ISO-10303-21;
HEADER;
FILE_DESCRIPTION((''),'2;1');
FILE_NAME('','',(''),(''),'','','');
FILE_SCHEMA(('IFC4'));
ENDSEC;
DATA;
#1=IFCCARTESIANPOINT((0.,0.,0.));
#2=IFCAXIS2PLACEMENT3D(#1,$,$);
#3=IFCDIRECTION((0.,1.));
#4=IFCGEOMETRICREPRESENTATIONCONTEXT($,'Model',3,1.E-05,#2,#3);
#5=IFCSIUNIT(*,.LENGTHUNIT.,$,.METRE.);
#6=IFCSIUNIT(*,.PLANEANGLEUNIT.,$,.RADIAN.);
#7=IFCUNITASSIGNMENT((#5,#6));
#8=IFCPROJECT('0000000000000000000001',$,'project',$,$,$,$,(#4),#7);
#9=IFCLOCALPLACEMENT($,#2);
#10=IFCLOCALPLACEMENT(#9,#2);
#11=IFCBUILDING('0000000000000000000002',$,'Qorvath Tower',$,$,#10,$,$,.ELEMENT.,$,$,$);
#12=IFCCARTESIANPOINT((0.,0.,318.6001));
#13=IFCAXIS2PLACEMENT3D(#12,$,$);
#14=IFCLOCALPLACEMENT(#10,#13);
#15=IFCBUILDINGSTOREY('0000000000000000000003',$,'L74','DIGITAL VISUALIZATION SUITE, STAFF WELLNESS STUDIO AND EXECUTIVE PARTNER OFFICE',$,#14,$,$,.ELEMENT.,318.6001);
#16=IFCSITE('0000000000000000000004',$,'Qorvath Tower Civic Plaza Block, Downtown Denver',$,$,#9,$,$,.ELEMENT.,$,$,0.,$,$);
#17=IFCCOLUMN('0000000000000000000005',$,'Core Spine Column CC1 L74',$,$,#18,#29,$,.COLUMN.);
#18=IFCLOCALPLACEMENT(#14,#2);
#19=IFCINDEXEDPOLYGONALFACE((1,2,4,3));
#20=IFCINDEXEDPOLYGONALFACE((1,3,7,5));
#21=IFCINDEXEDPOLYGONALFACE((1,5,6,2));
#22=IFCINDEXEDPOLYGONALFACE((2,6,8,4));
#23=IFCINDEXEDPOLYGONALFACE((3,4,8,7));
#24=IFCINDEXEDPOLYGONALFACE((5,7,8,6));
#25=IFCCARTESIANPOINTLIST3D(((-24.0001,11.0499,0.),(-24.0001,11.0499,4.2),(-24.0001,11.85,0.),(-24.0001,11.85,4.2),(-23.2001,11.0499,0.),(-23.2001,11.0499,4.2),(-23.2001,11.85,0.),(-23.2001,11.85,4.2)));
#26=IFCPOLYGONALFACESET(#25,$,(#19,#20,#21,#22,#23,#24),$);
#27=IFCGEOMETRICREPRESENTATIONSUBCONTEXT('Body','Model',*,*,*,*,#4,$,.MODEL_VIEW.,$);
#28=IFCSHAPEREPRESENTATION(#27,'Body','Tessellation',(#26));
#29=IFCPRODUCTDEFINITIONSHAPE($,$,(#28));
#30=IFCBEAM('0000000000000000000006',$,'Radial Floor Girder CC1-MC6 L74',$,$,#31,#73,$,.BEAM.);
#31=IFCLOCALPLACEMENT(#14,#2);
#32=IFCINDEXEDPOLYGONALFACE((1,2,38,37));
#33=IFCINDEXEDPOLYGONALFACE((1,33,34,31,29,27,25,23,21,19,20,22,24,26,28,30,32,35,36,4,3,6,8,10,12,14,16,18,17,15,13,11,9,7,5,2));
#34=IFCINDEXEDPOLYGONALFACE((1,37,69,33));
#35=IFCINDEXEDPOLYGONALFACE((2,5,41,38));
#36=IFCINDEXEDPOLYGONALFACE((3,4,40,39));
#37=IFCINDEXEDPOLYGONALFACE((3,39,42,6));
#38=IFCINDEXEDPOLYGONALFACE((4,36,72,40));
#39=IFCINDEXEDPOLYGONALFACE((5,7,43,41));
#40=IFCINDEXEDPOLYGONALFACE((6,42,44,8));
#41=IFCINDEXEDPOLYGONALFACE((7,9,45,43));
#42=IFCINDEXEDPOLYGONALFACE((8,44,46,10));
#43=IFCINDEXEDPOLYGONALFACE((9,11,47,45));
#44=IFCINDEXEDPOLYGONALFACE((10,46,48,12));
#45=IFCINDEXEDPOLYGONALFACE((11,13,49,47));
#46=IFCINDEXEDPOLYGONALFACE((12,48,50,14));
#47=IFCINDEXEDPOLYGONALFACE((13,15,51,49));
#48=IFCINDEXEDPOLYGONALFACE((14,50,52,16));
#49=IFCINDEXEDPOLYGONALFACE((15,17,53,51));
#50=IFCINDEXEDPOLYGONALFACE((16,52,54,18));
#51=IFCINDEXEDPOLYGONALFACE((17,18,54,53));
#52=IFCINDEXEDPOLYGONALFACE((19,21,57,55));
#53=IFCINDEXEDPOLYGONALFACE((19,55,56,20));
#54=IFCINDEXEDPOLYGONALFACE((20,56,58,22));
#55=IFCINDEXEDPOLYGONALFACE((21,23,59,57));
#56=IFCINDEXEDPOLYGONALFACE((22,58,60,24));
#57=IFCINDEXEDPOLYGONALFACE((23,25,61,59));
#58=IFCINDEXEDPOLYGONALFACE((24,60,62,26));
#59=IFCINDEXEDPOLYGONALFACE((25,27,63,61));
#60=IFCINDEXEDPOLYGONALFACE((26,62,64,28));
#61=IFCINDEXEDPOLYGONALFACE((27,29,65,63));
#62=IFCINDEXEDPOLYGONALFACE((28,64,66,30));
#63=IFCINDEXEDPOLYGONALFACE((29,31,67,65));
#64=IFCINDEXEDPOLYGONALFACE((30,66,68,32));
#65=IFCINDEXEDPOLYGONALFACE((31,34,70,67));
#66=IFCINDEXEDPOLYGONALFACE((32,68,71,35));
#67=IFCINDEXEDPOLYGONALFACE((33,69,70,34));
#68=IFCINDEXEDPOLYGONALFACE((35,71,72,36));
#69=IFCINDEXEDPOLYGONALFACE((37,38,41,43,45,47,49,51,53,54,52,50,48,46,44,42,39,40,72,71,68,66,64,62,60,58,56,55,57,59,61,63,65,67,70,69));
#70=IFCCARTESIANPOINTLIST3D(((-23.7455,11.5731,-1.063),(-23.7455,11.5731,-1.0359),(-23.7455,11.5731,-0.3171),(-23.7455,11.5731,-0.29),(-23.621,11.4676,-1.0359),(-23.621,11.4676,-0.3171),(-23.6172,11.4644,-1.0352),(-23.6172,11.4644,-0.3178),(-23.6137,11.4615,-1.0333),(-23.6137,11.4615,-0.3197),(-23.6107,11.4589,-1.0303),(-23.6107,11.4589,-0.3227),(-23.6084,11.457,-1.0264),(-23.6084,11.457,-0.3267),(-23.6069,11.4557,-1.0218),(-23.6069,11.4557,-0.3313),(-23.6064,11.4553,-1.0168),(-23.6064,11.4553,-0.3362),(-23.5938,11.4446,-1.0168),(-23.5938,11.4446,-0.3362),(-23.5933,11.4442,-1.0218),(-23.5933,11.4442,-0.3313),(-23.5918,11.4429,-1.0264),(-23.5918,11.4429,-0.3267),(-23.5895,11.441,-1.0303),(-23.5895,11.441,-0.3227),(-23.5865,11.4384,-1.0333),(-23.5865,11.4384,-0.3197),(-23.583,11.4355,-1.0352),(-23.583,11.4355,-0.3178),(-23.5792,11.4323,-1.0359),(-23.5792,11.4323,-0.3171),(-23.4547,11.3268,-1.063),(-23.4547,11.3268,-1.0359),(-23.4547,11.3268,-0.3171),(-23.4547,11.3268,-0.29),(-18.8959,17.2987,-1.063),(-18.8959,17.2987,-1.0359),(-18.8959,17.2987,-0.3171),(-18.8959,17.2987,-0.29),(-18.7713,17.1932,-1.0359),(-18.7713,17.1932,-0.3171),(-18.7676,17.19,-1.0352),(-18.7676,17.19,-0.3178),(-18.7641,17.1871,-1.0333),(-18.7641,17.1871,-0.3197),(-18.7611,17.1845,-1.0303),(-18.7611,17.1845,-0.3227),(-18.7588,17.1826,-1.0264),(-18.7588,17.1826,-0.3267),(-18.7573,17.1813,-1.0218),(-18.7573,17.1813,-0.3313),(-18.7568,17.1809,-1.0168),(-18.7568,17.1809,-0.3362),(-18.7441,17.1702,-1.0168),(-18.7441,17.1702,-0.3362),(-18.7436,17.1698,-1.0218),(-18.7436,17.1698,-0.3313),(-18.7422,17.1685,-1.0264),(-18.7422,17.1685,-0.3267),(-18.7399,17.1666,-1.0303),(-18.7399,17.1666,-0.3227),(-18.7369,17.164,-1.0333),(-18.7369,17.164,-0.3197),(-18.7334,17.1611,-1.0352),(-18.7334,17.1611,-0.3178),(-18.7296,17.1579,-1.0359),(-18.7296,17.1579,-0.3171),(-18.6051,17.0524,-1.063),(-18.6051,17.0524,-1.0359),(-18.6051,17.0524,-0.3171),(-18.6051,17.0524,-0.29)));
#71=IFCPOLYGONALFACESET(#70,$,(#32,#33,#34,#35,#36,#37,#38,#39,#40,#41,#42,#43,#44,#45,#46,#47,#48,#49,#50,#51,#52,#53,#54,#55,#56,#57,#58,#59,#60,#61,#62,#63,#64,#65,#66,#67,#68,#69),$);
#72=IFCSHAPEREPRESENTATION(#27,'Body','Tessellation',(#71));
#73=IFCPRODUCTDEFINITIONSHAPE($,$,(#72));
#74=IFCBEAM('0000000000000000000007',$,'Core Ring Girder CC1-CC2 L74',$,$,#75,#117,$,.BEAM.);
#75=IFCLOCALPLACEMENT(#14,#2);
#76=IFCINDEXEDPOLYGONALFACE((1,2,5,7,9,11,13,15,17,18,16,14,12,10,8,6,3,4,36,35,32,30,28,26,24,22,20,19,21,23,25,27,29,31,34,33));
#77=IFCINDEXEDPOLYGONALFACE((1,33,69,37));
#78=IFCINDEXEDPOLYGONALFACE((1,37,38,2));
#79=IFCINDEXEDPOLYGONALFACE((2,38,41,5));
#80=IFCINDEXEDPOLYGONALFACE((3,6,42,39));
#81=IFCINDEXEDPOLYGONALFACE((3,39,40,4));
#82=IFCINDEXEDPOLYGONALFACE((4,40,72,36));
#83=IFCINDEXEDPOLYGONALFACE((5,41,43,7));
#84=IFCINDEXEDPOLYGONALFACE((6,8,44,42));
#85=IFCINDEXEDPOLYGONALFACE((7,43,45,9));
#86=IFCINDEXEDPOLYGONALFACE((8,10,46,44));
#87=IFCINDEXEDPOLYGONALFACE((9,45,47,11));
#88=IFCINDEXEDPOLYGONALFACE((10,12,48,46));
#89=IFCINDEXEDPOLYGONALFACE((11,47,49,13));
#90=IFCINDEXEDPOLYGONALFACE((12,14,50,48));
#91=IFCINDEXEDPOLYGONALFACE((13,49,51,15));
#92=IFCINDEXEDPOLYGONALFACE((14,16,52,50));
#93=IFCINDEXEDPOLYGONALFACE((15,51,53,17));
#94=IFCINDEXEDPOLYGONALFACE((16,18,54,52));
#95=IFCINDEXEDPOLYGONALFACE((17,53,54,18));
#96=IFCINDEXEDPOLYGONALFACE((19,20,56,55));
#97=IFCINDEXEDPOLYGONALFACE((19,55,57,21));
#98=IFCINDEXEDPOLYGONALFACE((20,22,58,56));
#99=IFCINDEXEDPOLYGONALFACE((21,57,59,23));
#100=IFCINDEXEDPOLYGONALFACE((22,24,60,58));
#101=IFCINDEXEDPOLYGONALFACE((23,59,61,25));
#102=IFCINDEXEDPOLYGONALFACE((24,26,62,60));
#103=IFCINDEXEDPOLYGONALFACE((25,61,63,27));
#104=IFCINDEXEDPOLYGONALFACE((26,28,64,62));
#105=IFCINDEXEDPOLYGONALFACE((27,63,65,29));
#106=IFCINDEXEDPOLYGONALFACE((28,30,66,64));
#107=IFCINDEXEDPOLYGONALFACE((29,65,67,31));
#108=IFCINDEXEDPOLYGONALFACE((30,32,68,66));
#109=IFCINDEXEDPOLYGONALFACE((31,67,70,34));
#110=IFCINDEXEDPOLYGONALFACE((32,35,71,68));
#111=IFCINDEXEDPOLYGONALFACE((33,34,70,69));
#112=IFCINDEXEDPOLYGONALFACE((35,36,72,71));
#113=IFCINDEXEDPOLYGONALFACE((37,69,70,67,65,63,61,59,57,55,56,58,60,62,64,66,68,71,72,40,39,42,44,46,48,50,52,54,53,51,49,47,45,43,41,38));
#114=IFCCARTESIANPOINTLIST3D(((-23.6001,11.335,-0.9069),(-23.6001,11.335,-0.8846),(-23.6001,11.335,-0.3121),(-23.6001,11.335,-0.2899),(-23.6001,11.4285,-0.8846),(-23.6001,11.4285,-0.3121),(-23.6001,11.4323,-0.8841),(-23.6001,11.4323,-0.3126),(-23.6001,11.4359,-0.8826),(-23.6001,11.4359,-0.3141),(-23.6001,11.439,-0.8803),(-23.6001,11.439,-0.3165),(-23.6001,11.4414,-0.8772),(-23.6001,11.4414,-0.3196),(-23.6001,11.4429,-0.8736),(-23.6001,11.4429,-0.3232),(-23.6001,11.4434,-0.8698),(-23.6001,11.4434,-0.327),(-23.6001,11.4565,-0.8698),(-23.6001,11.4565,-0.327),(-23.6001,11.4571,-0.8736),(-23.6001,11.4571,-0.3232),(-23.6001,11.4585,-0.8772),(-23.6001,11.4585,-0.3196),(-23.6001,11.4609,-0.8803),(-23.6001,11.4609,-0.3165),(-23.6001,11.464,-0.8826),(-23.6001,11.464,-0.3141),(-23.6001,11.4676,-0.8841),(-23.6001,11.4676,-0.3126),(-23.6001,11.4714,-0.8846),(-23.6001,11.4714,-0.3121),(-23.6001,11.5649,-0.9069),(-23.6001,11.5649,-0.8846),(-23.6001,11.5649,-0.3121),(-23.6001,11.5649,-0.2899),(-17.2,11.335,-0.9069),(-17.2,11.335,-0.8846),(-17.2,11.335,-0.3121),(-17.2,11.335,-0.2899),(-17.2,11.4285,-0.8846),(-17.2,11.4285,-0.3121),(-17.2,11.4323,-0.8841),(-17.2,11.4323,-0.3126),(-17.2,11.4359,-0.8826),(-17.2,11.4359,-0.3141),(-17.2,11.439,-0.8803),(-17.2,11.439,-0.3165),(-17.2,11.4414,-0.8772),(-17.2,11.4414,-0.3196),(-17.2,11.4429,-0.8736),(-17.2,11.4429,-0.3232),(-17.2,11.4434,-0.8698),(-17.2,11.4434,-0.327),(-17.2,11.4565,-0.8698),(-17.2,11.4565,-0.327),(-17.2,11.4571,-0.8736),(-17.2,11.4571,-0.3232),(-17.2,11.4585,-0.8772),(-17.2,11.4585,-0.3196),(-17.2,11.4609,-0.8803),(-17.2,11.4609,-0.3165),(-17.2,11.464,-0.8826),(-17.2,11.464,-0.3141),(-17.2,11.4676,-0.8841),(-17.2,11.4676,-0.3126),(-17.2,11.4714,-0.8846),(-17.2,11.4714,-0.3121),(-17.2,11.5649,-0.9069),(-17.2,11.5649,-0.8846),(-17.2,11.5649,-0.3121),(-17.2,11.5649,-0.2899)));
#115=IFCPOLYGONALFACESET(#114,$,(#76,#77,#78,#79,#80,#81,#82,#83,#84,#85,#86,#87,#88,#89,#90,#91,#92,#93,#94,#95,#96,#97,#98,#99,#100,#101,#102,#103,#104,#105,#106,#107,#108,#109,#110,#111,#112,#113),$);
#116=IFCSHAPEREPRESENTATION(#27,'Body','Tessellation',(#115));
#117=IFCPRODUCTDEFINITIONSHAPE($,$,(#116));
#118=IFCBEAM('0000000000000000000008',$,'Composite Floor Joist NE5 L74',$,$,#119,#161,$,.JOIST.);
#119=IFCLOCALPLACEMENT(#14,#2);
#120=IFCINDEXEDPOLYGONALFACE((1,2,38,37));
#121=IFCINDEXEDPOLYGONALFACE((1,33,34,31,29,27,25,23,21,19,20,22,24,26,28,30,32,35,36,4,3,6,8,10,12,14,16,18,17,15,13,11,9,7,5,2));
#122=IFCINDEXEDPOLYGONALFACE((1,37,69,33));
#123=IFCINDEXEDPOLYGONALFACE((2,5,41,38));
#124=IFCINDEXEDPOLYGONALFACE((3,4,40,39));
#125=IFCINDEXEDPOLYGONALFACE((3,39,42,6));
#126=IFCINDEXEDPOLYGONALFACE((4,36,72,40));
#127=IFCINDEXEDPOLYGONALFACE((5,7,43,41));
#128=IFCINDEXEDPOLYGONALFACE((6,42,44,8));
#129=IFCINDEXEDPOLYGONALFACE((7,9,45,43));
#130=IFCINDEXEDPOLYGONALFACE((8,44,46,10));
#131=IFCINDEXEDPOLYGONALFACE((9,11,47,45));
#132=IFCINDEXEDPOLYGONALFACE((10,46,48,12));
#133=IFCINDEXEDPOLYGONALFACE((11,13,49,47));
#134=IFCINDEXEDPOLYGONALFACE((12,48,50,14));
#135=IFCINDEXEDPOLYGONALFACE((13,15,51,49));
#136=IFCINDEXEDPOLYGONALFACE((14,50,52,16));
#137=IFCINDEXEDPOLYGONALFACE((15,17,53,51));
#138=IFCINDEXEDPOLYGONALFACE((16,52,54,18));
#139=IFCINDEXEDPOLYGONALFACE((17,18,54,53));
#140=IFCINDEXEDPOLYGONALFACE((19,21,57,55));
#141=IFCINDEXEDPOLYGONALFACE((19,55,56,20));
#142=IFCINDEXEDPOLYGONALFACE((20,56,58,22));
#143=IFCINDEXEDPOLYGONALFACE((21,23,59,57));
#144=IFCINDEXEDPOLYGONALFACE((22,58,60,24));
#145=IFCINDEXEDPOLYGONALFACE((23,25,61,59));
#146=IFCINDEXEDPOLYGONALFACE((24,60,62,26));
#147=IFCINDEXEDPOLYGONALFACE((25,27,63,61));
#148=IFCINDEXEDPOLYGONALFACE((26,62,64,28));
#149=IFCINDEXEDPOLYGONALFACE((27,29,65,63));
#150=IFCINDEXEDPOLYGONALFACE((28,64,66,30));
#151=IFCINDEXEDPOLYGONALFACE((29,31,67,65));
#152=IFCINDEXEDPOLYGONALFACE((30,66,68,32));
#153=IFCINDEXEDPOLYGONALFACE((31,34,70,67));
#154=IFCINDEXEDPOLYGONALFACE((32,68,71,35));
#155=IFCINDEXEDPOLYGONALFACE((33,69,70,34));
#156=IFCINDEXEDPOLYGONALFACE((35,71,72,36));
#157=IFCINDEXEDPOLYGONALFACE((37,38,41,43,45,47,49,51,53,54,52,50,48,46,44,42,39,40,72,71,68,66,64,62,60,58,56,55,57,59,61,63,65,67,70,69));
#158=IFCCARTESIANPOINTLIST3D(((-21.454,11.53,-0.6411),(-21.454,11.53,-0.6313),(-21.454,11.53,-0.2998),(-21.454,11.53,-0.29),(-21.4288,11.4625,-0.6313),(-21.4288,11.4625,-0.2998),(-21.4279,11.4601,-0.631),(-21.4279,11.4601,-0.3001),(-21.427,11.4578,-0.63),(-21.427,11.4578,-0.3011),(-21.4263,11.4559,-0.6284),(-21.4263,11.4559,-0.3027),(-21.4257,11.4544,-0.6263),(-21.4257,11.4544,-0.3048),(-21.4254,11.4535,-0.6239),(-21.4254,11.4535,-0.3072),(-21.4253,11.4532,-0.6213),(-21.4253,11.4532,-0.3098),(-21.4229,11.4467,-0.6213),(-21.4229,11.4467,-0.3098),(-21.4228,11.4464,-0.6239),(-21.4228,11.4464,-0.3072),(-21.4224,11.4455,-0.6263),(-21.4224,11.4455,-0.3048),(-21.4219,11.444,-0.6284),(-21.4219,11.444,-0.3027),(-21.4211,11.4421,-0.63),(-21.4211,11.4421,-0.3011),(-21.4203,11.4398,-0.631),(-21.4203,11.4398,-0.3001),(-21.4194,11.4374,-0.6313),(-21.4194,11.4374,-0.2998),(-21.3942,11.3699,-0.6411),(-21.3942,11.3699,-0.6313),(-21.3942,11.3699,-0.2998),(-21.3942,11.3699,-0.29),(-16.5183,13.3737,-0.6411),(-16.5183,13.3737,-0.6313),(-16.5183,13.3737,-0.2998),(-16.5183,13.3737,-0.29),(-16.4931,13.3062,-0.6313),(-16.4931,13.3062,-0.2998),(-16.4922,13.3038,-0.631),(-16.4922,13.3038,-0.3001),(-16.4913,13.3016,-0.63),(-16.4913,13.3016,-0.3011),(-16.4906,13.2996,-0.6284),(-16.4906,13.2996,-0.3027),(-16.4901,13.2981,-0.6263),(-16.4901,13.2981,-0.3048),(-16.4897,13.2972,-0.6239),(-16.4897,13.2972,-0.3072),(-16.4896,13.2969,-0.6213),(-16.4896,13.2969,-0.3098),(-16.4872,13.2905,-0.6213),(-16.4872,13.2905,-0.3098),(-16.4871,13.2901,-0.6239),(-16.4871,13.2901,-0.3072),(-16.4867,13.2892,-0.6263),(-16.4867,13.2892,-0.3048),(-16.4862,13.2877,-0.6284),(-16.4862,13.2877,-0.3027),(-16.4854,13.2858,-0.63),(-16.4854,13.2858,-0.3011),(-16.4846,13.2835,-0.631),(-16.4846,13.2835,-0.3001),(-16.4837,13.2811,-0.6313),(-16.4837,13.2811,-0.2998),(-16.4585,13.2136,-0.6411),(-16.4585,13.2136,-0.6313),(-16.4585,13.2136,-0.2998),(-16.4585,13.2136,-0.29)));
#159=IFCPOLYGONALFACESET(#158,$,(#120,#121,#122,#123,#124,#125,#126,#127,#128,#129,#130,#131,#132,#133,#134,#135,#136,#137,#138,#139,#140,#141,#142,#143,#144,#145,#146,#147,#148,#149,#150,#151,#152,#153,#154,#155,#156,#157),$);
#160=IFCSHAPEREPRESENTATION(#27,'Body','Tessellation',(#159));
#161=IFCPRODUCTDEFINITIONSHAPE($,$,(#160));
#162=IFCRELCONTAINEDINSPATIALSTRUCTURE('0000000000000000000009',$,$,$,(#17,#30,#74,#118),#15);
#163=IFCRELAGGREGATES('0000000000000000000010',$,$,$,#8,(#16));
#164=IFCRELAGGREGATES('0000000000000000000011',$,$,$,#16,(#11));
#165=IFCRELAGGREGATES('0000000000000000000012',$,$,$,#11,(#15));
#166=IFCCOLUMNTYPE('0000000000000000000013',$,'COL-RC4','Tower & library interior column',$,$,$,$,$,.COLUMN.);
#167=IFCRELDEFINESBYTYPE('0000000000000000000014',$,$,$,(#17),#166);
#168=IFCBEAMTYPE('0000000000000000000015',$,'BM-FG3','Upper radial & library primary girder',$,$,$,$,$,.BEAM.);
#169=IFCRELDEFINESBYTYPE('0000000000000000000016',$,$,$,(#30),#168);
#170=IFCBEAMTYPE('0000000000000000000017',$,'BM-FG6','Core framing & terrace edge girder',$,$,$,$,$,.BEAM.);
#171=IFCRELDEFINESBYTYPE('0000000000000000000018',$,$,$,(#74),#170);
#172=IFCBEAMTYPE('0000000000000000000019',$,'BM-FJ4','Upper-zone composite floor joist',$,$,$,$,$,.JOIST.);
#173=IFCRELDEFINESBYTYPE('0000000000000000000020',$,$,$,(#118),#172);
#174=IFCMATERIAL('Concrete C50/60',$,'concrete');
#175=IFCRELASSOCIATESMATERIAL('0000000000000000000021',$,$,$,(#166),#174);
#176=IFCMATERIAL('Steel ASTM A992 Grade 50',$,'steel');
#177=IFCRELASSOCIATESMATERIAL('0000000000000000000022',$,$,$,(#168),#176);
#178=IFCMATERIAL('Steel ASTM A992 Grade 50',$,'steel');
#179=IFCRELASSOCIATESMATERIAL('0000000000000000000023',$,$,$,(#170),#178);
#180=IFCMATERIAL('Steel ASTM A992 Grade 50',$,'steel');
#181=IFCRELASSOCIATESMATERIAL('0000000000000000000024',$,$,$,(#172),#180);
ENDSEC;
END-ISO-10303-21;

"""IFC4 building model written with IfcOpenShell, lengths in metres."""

from ifc_helpers import new_model, si_unit, direction, frame, origin, origin_2d, place, context, subcontext, project, spatial, rectangle, i_section, extrude, material, material_profile, profile_set, type_object, element, save


model = new_model("IFC4")

# Units and contexts
model_context = context("Model", 3, precision=1e-05, world=origin(), true_north=direction((0.0, 1.0)))
body_context = subcontext(model_context, "Body", "Model", "MODEL_VIEW")
ifc_project = project(units=[si_unit("LENGTHUNIT", "METRE"), si_unit("PLANEANGLEUNIT", "RADIAN")], contexts=[model_context])

# Site, building, storey
site_placement = place(None, origin())
site = spatial("IfcSite", under=ifc_project, at=site_placement, Name="Qorvath Tower Civic Plaza Block, Downtown Denver", CompositionType="ELEMENT", RefElevation=0.0)
building_placement = place(site_placement, origin())
building = spatial("IfcBuilding", under=site, at=building_placement, Name="Qorvath Tower", CompositionType="ELEMENT")
storey_placement = place(building_placement, frame((0.0, 0.0, 318.6001)))
storey = spatial("IfcBuildingStorey", under=building, at=storey_placement, Name="L74", Description="DIGITAL VISUALIZATION SUITE, STAFF WELLNESS STUDIO AND EXECUTIVE PARTNER OFFICE", CompositionType="ELEMENT", Elevation=318.6001)

# Column
ifc_material_1 = material(Name="Concrete C50/60", Category="concrete")
ifc_material_profile_1 = material_profile(ifc_material_1, rectangle(XDim=0.8, YDim=0.8, at=origin_2d()), Name="RC 800x800")
ifc_profile_set_1 = profile_set([ifc_material_profile_1], Name="Concrete C50/60")
column_type = type_object("IfcColumnType", Name="COL-RC4", Description="Tower & library interior column", PredefinedType="COLUMN", material=ifc_profile_set_1)
column_placement = place(storey_placement, frame((-23.6001, 11.45, 0.0), z_axis=(0.0, 0.0, 1.0), x_axis=(1.0, 0.0, 0.0)))
element("IfcColumn", 1, at=column_placement, inside=storey, type_object=column_type, Name="Core Spine Column CC1 L74", PredefinedType="COLUMN", context=body_context, shape_type="SweptSolid", body=[
    extrude(rectangle(XDim=0.8, YDim=0.8, at=origin_2d()), origin(), (0.0, 0.0, 1.0), 4.2),
])

# Beams
ifc_material_2 = material(Name="Steel ASTM A992 Grade 50", Category="steel")
ifc_material_profile_2 = material_profile(ifc_material_2, i_section(OverallWidth=0.3811, OverallDepth=0.7729, WebThickness=0.0166, FlangeThickness=0.0271, FilletRadius=0.019, at=origin_2d()), Name="W30x173")
ifc_profile_set_2 = profile_set([ifc_material_profile_2], Name="Steel ASTM A992 Grade 50")
beam_type_1 = type_object("IfcBeamType", Name="BM-FG3", Description="Upper radial & library primary girder", PredefinedType="BEAM", material=ifc_profile_set_2)
beam_1_placement = place(storey_placement, frame((-23.6001, 11.45, -0.6765), z_axis=(0.646321, 0.763065, 0.0), x_axis=(-0.763065, 0.646321, 0.0)))
element("IfcBeam", 2, at=beam_1_placement, inside=storey, type_object=beam_type_1, Name="Radial Floor Girder CC1-MC6 L74", PredefinedType="BEAM", context=body_context, shape_type="SweptSolid", body=[
    extrude(i_section(OverallWidth=0.3811, OverallDepth=0.7729, WebThickness=0.0166, FlangeThickness=0.0271, FilletRadius=0.019, at=origin_2d()), origin(), (0.0, 0.0, 1.0), 7.5034),
])
ifc_material_3 = material(Name="Steel ASTM A992 Grade 50", Category="steel")
ifc_material_profile_3 = material_profile(ifc_material_3, i_section(OverallWidth=0.23, OverallDepth=0.6169, WebThickness=0.0132, FlangeThickness=0.0222, FilletRadius=0.0149, at=origin_2d()), Name="W24x94")
ifc_profile_set_3 = profile_set([ifc_material_profile_3], Name="Steel ASTM A992 Grade 50")
beam_type_2 = type_object("IfcBeamType", Name="BM-FG6", Description="Core framing & terrace edge girder", PredefinedType="BEAM", material=ifc_profile_set_3)
beam_2_placement = place(storey_placement, frame((-23.6001, 11.45, -0.5984), z_axis=(1.0, 0.0, 0.0), x_axis=(0.0, 1.0, 0.0)))
element("IfcBeam", 3, at=beam_2_placement, inside=storey, type_object=beam_type_2, Name="Core Ring Girder CC1-CC2 L74", PredefinedType="BEAM", context=body_context, shape_type="SweptSolid", body=[
    extrude(i_section(OverallWidth=0.23, OverallDepth=0.6169, WebThickness=0.0132, FlangeThickness=0.0222, FilletRadius=0.0149, at=origin_2d()), origin(), (0.0, 0.0, 1.0), 6.4001),
])
ifc_material_4 = material(Name="Steel ASTM A992 Grade 50", Category="steel")
ifc_material_profile_4 = material_profile(ifc_material_4, i_section(OverallWidth=0.1709, OverallDepth=0.3511, WebThickness=0.0068, FlangeThickness=0.0098, FilletRadius=0.01, at=origin_2d()), Name="W14x30")
ifc_profile_set_4 = profile_set([ifc_material_profile_4], Name="Steel ASTM A992 Grade 50")
beam_type_3 = type_object("IfcBeamType", Name="BM-FJ4", Description="Upper-zone composite floor joist", PredefinedType="JOIST", material=ifc_profile_set_4)
beam_3_placement = place(storey_placement, frame((-21.4241, 11.45, -0.4656), z_axis=(0.936776, 0.34993, 0.0), x_axis=(-0.34993, 0.936776, 0.0)))
element("IfcBeam", 4, at=beam_3_placement, inside=storey, type_object=beam_type_3, Name="Composite Floor Joist NE5 L74", PredefinedType="JOIST", context=body_context, shape_type="SweptSolid", body=[
    extrude(i_section(OverallWidth=0.1709, OverallDepth=0.3511, WebThickness=0.0068, FlangeThickness=0.0098, FilletRadius=0.01, at=origin_2d()), origin(), (0.0, 0.0, 1.0), 5.2688),
])

save(model, "model.ifc")
